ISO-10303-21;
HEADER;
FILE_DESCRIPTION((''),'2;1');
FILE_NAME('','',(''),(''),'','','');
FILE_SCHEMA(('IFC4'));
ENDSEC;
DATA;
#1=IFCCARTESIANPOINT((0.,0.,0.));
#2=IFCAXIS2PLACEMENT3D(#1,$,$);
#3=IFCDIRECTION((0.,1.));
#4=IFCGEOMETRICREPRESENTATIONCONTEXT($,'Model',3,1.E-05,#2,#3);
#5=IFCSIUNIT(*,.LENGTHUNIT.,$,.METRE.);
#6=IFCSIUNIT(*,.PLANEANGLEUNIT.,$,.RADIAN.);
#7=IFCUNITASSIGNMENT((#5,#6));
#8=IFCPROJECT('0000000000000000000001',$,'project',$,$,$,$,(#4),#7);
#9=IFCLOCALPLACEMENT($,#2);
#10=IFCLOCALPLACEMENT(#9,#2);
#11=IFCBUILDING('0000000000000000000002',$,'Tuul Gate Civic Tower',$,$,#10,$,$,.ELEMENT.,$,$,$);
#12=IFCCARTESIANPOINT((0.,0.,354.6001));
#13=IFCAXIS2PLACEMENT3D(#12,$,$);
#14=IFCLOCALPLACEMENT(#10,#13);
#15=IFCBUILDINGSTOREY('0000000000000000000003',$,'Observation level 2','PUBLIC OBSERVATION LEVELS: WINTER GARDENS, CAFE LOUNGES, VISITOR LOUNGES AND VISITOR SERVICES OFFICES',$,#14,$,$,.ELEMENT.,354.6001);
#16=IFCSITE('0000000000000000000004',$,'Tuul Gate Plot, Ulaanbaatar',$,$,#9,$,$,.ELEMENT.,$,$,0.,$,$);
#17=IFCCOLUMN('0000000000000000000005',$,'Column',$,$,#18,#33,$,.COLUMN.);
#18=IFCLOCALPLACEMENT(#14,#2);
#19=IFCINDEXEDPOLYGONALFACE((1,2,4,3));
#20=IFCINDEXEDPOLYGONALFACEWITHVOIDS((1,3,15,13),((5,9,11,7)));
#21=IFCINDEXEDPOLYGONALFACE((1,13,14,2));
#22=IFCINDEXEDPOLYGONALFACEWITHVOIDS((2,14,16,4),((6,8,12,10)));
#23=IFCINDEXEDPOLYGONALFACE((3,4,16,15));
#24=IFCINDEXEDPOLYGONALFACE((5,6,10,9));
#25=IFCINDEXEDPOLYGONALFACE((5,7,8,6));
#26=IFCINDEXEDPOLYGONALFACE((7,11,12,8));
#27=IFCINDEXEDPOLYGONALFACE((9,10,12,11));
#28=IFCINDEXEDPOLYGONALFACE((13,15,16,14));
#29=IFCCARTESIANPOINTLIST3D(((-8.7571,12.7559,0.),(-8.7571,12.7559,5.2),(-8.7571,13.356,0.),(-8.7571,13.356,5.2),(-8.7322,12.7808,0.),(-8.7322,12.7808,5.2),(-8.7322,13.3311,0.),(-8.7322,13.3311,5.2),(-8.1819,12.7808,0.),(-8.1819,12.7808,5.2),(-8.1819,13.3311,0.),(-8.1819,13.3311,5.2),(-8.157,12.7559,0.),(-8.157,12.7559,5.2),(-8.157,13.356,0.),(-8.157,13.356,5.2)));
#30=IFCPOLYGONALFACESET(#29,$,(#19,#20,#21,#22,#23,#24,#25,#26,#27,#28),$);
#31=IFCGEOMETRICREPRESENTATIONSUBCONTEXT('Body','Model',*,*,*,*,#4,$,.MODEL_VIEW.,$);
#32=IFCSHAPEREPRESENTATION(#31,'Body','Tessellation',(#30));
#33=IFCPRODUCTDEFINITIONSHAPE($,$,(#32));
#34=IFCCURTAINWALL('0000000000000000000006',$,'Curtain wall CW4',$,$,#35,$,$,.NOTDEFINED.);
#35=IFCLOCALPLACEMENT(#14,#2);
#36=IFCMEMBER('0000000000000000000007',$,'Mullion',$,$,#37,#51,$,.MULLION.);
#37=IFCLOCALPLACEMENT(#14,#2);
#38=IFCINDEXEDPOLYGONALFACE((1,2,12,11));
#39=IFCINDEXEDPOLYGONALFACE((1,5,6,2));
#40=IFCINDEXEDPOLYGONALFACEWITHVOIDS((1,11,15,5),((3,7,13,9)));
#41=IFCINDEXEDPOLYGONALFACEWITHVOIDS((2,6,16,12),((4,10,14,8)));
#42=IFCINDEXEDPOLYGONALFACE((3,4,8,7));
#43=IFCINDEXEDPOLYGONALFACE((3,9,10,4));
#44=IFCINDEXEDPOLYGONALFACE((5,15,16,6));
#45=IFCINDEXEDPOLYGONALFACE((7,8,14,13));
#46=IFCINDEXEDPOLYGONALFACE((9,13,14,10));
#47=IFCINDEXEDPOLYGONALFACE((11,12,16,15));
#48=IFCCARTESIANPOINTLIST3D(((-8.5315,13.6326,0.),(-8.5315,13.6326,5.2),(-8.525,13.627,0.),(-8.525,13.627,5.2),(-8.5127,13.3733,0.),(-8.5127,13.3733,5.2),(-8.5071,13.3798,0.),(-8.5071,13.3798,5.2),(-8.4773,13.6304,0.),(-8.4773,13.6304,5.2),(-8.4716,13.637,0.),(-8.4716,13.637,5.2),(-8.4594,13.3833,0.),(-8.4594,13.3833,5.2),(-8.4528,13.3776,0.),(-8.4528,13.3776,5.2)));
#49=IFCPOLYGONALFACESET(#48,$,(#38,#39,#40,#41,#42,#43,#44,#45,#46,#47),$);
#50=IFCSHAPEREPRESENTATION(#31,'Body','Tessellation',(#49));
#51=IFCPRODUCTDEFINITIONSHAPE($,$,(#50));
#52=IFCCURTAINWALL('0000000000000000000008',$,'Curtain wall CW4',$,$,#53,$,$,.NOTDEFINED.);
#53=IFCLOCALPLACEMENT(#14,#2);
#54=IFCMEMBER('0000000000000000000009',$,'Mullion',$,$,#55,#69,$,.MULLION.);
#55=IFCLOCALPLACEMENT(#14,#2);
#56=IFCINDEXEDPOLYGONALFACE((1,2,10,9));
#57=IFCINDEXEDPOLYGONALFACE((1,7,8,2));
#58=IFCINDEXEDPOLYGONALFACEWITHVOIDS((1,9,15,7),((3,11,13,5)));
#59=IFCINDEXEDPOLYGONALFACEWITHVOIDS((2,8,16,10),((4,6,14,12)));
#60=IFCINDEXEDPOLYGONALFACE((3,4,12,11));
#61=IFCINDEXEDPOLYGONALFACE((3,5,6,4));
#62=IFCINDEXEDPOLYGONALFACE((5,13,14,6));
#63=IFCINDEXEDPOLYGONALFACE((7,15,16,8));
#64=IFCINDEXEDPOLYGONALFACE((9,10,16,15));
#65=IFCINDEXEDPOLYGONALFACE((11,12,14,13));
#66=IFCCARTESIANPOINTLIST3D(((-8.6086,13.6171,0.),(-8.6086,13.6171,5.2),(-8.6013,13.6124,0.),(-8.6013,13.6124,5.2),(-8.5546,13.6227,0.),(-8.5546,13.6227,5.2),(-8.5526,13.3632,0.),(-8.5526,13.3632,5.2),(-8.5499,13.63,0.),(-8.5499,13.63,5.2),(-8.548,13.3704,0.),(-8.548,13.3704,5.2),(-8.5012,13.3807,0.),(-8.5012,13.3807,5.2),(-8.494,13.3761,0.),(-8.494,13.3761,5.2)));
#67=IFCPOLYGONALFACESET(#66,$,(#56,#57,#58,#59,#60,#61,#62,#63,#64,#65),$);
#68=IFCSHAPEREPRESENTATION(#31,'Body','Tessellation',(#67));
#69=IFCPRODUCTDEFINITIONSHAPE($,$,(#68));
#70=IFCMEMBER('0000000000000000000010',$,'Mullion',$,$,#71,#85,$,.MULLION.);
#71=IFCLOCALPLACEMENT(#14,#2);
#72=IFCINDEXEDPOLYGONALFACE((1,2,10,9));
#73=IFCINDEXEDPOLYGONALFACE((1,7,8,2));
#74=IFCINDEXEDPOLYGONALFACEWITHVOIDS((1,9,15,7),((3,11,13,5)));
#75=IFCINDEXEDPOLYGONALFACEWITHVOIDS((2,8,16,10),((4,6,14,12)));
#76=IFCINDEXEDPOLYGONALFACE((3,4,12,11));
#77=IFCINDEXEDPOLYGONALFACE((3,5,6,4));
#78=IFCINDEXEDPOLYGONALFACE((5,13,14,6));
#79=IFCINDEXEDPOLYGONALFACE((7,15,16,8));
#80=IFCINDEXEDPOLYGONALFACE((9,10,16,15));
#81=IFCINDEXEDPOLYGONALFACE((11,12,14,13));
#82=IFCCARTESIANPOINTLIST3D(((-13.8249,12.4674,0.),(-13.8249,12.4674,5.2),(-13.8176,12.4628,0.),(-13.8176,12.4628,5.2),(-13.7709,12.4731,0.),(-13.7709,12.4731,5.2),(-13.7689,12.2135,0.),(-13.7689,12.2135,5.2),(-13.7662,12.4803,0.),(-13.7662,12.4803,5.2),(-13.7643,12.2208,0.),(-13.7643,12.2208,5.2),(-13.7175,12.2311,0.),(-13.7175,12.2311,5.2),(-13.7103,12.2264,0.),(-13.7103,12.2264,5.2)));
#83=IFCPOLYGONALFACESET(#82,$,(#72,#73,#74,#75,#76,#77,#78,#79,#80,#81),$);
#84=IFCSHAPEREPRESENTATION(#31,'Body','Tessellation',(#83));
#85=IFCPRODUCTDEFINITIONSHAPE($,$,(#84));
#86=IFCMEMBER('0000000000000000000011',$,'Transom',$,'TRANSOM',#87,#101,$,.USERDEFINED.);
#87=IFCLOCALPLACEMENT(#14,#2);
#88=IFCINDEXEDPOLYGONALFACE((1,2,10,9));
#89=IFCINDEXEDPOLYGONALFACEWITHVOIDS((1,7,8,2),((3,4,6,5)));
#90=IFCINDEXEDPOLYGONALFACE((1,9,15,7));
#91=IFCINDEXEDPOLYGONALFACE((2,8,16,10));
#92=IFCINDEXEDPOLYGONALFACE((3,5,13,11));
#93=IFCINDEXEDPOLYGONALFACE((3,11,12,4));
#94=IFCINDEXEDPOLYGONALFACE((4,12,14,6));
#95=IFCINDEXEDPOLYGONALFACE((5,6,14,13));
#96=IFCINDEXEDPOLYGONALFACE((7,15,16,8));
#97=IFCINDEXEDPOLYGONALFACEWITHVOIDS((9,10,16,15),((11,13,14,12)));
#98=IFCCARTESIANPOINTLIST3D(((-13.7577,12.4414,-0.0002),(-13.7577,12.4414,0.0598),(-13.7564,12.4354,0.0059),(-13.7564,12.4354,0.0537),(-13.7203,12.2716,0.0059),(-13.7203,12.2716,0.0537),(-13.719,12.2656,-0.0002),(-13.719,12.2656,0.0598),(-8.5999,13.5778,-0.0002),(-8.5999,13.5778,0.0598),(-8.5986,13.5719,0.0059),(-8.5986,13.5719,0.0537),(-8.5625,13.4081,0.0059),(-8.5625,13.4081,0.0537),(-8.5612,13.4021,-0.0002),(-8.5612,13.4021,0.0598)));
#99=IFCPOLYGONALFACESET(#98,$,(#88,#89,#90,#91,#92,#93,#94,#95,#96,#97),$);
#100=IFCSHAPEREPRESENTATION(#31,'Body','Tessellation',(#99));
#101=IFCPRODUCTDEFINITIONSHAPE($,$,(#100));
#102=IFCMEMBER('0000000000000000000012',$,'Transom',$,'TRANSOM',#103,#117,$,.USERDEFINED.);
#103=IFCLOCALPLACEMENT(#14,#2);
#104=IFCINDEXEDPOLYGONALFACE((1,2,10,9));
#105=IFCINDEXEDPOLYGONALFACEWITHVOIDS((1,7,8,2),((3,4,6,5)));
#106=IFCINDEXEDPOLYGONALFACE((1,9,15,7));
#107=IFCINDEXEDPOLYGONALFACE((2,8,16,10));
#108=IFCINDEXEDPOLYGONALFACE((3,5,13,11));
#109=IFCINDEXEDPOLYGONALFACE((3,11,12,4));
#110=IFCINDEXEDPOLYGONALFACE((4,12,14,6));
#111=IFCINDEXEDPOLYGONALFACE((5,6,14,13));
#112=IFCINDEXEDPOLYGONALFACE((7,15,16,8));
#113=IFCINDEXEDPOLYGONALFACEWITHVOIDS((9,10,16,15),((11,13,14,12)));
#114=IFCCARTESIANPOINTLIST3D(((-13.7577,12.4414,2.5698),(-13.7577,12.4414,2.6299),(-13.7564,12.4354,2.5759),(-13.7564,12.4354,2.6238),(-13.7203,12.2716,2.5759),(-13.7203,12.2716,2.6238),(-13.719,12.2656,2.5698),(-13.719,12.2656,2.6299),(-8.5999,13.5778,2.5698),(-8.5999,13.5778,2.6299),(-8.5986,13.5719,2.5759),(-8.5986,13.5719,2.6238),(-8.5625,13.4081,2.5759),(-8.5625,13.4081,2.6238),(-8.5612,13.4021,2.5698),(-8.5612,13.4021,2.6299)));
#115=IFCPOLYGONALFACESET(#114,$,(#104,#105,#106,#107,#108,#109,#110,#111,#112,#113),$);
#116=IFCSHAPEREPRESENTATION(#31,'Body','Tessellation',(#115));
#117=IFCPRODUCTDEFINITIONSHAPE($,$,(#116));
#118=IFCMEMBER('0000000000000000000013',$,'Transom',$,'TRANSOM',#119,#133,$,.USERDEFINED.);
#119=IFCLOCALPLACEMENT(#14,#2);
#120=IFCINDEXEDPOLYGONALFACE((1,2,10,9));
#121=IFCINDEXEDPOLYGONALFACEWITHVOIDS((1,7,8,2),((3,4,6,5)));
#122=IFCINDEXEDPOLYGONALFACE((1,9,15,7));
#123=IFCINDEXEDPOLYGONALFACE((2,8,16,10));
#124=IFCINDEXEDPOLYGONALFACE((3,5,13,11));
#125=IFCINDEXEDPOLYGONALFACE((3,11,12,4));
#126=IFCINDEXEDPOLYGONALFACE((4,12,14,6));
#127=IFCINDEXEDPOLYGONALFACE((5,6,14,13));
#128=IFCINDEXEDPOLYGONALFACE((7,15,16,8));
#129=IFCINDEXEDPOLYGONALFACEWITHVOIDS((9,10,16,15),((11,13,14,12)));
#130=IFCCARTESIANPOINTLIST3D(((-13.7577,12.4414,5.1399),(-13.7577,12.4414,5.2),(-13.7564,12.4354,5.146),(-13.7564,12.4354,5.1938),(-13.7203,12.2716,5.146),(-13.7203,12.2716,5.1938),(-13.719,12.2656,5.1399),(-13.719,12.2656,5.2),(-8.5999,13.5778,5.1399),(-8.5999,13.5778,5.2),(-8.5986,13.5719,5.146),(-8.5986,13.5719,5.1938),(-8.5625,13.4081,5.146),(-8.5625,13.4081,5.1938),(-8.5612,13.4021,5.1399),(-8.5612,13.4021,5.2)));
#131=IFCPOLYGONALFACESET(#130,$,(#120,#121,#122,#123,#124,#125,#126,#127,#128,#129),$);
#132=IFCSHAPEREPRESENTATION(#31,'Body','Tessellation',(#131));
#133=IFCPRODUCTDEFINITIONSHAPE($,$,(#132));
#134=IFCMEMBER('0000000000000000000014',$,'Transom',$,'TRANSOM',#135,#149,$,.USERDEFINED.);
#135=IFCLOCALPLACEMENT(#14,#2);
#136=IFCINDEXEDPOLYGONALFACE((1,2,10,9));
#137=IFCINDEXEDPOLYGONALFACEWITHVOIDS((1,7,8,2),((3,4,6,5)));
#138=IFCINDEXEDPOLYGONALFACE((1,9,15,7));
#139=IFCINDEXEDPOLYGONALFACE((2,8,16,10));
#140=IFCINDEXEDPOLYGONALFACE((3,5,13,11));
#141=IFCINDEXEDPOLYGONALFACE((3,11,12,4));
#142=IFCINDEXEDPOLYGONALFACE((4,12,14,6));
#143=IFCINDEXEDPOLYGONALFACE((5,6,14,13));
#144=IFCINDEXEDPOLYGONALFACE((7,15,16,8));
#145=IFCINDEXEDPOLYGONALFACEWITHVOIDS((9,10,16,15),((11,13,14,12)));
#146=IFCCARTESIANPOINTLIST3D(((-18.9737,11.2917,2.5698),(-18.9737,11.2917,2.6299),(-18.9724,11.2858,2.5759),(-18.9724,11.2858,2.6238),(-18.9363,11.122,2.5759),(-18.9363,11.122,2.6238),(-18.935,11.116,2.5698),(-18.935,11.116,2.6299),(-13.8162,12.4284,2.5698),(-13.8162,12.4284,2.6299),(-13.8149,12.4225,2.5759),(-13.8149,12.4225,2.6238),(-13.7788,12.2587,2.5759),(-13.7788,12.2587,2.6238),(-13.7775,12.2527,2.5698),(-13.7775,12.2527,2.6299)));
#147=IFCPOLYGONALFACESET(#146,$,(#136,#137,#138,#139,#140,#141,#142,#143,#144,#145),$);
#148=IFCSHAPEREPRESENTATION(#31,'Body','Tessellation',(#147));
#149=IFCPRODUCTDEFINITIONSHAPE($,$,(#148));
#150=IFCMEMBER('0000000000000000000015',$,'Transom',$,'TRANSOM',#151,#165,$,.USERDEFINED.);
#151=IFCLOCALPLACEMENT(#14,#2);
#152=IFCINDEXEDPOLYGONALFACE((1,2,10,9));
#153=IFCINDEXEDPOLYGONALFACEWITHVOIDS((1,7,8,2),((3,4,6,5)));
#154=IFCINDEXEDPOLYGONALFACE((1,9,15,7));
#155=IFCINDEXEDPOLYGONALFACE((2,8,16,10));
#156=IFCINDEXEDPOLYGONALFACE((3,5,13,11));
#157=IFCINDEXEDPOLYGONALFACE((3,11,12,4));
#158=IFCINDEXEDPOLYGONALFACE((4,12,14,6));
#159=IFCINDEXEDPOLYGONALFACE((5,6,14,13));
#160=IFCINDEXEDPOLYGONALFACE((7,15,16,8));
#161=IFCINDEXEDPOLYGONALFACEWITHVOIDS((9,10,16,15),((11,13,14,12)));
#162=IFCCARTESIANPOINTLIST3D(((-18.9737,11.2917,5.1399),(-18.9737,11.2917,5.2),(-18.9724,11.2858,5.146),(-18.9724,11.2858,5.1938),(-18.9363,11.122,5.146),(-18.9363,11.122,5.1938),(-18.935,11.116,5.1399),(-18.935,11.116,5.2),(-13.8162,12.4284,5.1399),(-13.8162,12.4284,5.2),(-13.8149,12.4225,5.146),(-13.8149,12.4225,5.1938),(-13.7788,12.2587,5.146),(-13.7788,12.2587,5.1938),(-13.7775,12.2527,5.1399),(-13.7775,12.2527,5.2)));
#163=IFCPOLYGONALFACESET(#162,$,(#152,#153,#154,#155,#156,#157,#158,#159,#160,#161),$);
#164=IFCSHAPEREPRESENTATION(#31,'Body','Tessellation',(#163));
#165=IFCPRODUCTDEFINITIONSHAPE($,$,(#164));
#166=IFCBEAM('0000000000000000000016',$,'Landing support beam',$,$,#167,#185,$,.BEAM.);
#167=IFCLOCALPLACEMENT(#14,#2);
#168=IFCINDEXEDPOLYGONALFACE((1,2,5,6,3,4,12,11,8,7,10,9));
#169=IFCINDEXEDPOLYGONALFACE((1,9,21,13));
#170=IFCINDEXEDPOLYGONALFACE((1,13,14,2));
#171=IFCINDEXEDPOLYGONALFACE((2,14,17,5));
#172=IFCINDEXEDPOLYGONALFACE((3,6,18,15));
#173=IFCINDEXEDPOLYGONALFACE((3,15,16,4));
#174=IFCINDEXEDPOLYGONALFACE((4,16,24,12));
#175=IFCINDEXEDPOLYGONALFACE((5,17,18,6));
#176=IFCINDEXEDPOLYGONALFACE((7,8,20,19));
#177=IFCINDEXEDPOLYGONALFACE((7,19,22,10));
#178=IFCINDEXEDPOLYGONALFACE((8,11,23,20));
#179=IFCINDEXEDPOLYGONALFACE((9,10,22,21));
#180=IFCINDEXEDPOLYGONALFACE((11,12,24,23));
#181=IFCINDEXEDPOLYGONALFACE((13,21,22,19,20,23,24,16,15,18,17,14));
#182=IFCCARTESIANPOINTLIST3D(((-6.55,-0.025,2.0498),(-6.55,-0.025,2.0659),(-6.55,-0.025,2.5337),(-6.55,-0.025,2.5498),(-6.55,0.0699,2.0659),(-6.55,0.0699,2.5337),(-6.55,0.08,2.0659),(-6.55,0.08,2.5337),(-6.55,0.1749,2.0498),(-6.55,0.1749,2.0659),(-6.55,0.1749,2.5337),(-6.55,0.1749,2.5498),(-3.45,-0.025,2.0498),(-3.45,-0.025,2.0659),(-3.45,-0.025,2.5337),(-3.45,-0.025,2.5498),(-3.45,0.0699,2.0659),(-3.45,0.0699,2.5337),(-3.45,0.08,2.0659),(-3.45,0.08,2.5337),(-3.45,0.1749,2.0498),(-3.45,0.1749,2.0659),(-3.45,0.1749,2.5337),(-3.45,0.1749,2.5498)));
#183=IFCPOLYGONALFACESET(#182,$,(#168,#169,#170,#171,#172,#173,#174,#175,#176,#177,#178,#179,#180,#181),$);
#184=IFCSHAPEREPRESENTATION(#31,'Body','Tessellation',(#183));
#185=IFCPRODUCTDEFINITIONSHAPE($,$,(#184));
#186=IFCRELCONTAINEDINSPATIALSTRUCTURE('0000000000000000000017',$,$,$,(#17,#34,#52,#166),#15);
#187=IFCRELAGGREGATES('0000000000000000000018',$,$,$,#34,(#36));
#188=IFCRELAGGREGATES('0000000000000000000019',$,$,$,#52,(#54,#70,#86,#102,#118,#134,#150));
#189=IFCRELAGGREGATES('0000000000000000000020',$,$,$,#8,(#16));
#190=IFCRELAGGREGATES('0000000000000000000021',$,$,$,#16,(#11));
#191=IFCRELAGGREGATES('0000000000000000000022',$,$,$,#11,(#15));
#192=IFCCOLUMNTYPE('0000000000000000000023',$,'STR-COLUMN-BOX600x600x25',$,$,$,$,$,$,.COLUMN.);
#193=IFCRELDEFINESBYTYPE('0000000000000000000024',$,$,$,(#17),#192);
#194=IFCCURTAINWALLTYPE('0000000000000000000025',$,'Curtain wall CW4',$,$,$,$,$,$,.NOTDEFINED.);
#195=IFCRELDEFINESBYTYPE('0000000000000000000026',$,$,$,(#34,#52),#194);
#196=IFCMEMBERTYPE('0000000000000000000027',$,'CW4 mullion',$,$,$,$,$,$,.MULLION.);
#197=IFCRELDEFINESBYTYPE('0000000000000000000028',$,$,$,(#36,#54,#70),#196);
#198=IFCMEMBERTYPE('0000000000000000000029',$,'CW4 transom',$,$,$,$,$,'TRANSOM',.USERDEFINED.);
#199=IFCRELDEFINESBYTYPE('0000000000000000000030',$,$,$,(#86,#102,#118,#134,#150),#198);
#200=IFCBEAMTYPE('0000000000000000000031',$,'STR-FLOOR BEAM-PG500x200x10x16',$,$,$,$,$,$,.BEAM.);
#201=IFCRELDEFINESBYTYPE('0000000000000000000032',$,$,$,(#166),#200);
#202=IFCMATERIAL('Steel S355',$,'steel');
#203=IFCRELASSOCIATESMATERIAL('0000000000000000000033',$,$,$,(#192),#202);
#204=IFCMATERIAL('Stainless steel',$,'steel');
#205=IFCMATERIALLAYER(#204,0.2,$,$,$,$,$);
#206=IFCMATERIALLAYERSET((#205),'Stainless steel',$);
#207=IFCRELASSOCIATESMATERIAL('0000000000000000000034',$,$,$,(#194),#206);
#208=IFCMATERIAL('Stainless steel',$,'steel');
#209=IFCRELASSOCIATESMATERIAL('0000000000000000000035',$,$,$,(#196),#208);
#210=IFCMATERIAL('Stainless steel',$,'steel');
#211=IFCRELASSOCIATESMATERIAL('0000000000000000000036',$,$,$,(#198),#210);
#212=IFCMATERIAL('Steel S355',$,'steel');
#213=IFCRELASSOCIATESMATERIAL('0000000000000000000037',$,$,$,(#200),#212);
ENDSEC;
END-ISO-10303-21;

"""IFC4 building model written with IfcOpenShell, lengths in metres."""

from ifc_helpers import new_model, si_unit, direction, frame, origin, origin_2d, place, context, subcontext, project, spatial, hollow_rectangle, i_section, extrude, material, layer, layer_set, material_profile, profile_set, type_object, element, aggregate, save


model = new_model("IFC4")

# Units and contexts
model_context = context("Model", 3, precision=1e-05, world=origin(), true_north=direction((0.0, 1.0)))
body_context = subcontext(model_context, "Body", "Model", "MODEL_VIEW")
ifc_project = project(units=[si_unit("LENGTHUNIT", "METRE"), si_unit("PLANEANGLEUNIT", "RADIAN")], contexts=[model_context])

# Site, building, storey
site_placement = place(None, origin())
site = spatial("IfcSite", under=ifc_project, at=site_placement, Name="Tuul Gate Plot, Ulaanbaatar", CompositionType="ELEMENT", RefElevation=0.0)
building_placement = place(site_placement, origin())
building = spatial("IfcBuilding", under=site, at=building_placement, Name="Tuul Gate Civic Tower", CompositionType="ELEMENT")
storey_placement = place(building_placement, frame((0.0, 0.0, 354.6001)))
storey = spatial("IfcBuildingStorey", under=building, at=storey_placement, Name="Observation level 2", Description="PUBLIC OBSERVATION LEVELS: WINTER GARDENS, CAFE LOUNGES, VISITOR LOUNGES AND VISITOR SERVICES OFFICES", CompositionType="ELEMENT", Elevation=354.6001)

# Column
ifc_material_1 = material(Name="Steel S355", Category="steel")
ifc_material_profile_1 = material_profile(ifc_material_1, hollow_rectangle(XDim=0.6001, YDim=0.6001, WallThickness=0.0249, at=origin_2d()), Name="BOX600x600x25")
ifc_profile_set_1 = profile_set([ifc_material_profile_1], Name="Steel S355")
column_type = type_object("IfcColumnType", Name="STR-COLUMN-BOX600x600x25", PredefinedType="COLUMN", material=ifc_profile_set_1)
column_placement = place(storey_placement, frame((-8.457, 13.0559, 0.0), z_axis=(0.0, 0.0, 1.0), x_axis=(1.0, 0.0, 0.0)))
element("IfcColumn", 1, at=column_placement, inside=storey, type_object=column_type, Name="Column", PredefinedType="COLUMN", context=body_context, shape_type="SweptSolid", body=[
    extrude(hollow_rectangle(XDim=0.6001, YDim=0.6001, WallThickness=0.0249, at=origin_2d()), origin(), (0.0, 0.0, 1.0), 5.2),
])

# Curtain wall, member
ifc_material_2 = material(Name="Stainless steel", Category="steel")
ifc_layer_1 = layer(ifc_material_2, 0.2)
ifc_layer_set_1 = layer_set([ifc_layer_1], Name="Stainless steel")
curtain_wall_type = type_object("IfcCurtainWallType", Name="Curtain wall CW4", PredefinedType="NOTDEFINED", material=ifc_layer_set_1)
curtain_wall_1_placement = place(storey_placement, origin())
curtain_wall_1 = element("IfcCurtainWall", 2, at=curtain_wall_1_placement, inside=storey, type_object=curtain_wall_type, Name="Curtain wall CW4", PredefinedType="NOTDEFINED")
ifc_material_3 = material(Name="Stainless steel", Category="steel")
ifc_material_profile_2 = material_profile(ifc_material_3, hollow_rectangle(XDim=0.26, YDim=0.0601, WallThickness=0.0061, at=origin_2d()), Name="CW4 mullion")
ifc_profile_set_2 = profile_set([ifc_material_profile_2], Name="Stainless steel")
member_type_1 = type_object("IfcMemberType", Name="CW4 mullion", PredefinedType="MULLION", material=ifc_profile_set_2)
member_1_placement = place(storey_placement, frame((-8.4922, 13.5051, 0.0), z_axis=(0.0, 0.0, 1.0), x_axis=(0.072239, -0.997387, 0.0)))
member_1 = element("IfcMember", 3, at=member_1_placement, type_object=member_type_1, Name="Mullion", PredefinedType="MULLION", context=body_context, shape_type="SweptSolid", body=[
    extrude(hollow_rectangle(XDim=0.26, YDim=0.0601, WallThickness=0.0061, at=origin_2d()), origin(), (0.0, 0.0, 1.0), 5.2),
])
aggregate(curtain_wall_1, [member_1])

# Curtain wall, members
curtain_wall_2_placement = place(storey_placement, origin())
curtain_wall_2 = element("IfcCurtainWall", 4, at=curtain_wall_2_placement, inside=storey, type_object=curtain_wall_type, Name="Curtain wall CW4", PredefinedType="NOTDEFINED")
member_2_placement = place(storey_placement, frame((-8.5513, 13.4966, 0.0), z_axis=(0.0, 0.0, 1.0), x_axis=(0.215215, -0.976567, 0.0)))
member_2 = element("IfcMember", 5, at=member_2_placement, type_object=member_type_1, Name="Mullion", PredefinedType="MULLION", context=body_context, shape_type="SweptSolid", body=[
    extrude(hollow_rectangle(XDim=0.26, YDim=0.0601, WallThickness=0.0061, at=origin_2d()), origin(), (0.0, 0.0, 1.0), 5.2),
])
member_3_placement = place(storey_placement, frame((-13.7676, 12.3469, 0.0), z_axis=(0.0, 0.0, 1.0), x_axis=(0.215215, -0.976567, 0.0)))
member_3 = element("IfcMember", 6, at=member_3_placement, type_object=member_type_1, Name="Mullion", PredefinedType="MULLION", context=body_context, shape_type="SweptSolid", body=[
    extrude(hollow_rectangle(XDim=0.26, YDim=0.0601, WallThickness=0.0061, at=origin_2d()), origin(), (0.0, 0.0, 1.0), 5.2),
])
ifc_material_4 = material(Name="Stainless steel", Category="steel")
ifc_material_profile_3 = material_profile(ifc_material_4, hollow_rectangle(XDim=0.1799, YDim=0.0601, WallThickness=0.0061, at=origin_2d()), Name="CW4 transom")
ifc_profile_set_3 = profile_set([ifc_material_profile_3], Name="Stainless steel")
member_type_2 = type_object("IfcMemberType", Name="CW4 transom", ElementType="TRANSOM", PredefinedType="USERDEFINED", material=ifc_profile_set_3)
member_4_placement = place(storey_placement, frame((-8.5806, 13.49, 0.0298), z_axis=(-0.976574, -0.215183, 0.0), x_axis=(0.215183, -0.976574, 0.0)))
member_4 = element("IfcMember", 7, at=member_4_placement, type_object=member_type_2, Name="Transom", ObjectType="TRANSOM", PredefinedType="USERDEFINED", context=body_context, shape_type="SweptSolid", body=[
    extrude(hollow_rectangle(XDim=0.1799, YDim=0.0601, WallThickness=0.0061, at=origin_2d()), origin(), (0.0, 0.0, 1.0), 5.2815),
])
member_5_placement = place(storey_placement, frame((-8.5806, 13.49, 2.5999), z_axis=(-0.976574, -0.215183, 0.0), x_axis=(0.215183, -0.976574, 0.0)))
member_5 = element("IfcMember", 8, at=member_5_placement, type_object=member_type_2, Name="Transom", ObjectType="TRANSOM", PredefinedType="USERDEFINED", context=body_context, shape_type="SweptSolid", body=[
    extrude(hollow_rectangle(XDim=0.1799, YDim=0.0601, WallThickness=0.0061, at=origin_2d()), origin(), (0.0, 0.0, 1.0), 5.2815),
])
member_6_placement = place(storey_placement, frame((-8.5806, 13.49, 5.1699), z_axis=(-0.976574, -0.215183, 0.0), x_axis=(0.215183, -0.976574, 0.0)))
member_6 = element("IfcMember", 9, at=member_6_placement, type_object=member_type_2, Name="Transom", ObjectType="TRANSOM", PredefinedType="USERDEFINED", context=body_context, shape_type="SweptSolid", body=[
    extrude(hollow_rectangle(XDim=0.1799, YDim=0.0601, WallThickness=0.0061, at=origin_2d()), origin(), (0.0, 0.0, 1.0), 5.2815),
])
member_7_placement = place(storey_placement, frame((-13.7969, 12.3406, 2.5999), z_axis=(-0.976562, -0.215237, 0.0), x_axis=(0.215237, -0.976562, 0.0)))
member_7 = element("IfcMember", 10, at=member_7_placement, type_object=member_type_2, Name="Transom", ObjectType="TRANSOM", PredefinedType="USERDEFINED", context=body_context, shape_type="SweptSolid", body=[
    extrude(hollow_rectangle(XDim=0.1799, YDim=0.0601, WallThickness=0.0061, at=origin_2d()), origin(), (0.0, 0.0, 1.0), 5.2812),
])
member_8_placement = place(storey_placement, frame((-13.7969, 12.3406, 5.1699), z_axis=(-0.976562, -0.215237, 0.0), x_axis=(0.215237, -0.976562, 0.0)))
member_8 = element("IfcMember", 11, at=member_8_placement, type_object=member_type_2, Name="Transom", ObjectType="TRANSOM", PredefinedType="USERDEFINED", context=body_context, shape_type="SweptSolid", body=[
    extrude(hollow_rectangle(XDim=0.1799, YDim=0.0601, WallThickness=0.0061, at=origin_2d()), origin(), (0.0, 0.0, 1.0), 5.2812),
])

# Beam
ifc_material_5 = material(Name="Steel S355", Category="steel")
ifc_material_profile_4 = material_profile(ifc_material_5, i_section(OverallWidth=0.2, OverallDepth=0.5, WebThickness=0.01, FlangeThickness=0.0161, at=origin_2d()), Name="PG500x200x10x16")
ifc_profile_set_4 = profile_set([ifc_material_profile_4], Name="Steel S355")
beam_type_1 = type_object("IfcBeamType", Name="STR-FLOOR BEAM-PG500x200x10x16", PredefinedType="BEAM", material=ifc_profile_set_4)
beam_1_placement = place(storey_placement, frame((-6.55, 0.075, 2.2998), z_axis=(1.0, 0.0, 0.0), x_axis=(0.0, 1.0, 0.0)))
element("IfcBeam", 12, at=beam_1_placement, inside=storey, type_object=beam_type_1, Name="Landing support beam", PredefinedType="BEAM", context=body_context, shape_type="SweptSolid", body=[
    extrude(i_section(OverallWidth=0.2, OverallDepth=0.5, WebThickness=0.01, FlangeThickness=0.0161, at=origin_2d()), origin(), (0.0, 0.0, 1.0), 3.1001),
])

aggregate(curtain_wall_2, [member_2, member_3, member_4, member_5, member_6, member_7, member_8])

save(model, "model.ifc")
